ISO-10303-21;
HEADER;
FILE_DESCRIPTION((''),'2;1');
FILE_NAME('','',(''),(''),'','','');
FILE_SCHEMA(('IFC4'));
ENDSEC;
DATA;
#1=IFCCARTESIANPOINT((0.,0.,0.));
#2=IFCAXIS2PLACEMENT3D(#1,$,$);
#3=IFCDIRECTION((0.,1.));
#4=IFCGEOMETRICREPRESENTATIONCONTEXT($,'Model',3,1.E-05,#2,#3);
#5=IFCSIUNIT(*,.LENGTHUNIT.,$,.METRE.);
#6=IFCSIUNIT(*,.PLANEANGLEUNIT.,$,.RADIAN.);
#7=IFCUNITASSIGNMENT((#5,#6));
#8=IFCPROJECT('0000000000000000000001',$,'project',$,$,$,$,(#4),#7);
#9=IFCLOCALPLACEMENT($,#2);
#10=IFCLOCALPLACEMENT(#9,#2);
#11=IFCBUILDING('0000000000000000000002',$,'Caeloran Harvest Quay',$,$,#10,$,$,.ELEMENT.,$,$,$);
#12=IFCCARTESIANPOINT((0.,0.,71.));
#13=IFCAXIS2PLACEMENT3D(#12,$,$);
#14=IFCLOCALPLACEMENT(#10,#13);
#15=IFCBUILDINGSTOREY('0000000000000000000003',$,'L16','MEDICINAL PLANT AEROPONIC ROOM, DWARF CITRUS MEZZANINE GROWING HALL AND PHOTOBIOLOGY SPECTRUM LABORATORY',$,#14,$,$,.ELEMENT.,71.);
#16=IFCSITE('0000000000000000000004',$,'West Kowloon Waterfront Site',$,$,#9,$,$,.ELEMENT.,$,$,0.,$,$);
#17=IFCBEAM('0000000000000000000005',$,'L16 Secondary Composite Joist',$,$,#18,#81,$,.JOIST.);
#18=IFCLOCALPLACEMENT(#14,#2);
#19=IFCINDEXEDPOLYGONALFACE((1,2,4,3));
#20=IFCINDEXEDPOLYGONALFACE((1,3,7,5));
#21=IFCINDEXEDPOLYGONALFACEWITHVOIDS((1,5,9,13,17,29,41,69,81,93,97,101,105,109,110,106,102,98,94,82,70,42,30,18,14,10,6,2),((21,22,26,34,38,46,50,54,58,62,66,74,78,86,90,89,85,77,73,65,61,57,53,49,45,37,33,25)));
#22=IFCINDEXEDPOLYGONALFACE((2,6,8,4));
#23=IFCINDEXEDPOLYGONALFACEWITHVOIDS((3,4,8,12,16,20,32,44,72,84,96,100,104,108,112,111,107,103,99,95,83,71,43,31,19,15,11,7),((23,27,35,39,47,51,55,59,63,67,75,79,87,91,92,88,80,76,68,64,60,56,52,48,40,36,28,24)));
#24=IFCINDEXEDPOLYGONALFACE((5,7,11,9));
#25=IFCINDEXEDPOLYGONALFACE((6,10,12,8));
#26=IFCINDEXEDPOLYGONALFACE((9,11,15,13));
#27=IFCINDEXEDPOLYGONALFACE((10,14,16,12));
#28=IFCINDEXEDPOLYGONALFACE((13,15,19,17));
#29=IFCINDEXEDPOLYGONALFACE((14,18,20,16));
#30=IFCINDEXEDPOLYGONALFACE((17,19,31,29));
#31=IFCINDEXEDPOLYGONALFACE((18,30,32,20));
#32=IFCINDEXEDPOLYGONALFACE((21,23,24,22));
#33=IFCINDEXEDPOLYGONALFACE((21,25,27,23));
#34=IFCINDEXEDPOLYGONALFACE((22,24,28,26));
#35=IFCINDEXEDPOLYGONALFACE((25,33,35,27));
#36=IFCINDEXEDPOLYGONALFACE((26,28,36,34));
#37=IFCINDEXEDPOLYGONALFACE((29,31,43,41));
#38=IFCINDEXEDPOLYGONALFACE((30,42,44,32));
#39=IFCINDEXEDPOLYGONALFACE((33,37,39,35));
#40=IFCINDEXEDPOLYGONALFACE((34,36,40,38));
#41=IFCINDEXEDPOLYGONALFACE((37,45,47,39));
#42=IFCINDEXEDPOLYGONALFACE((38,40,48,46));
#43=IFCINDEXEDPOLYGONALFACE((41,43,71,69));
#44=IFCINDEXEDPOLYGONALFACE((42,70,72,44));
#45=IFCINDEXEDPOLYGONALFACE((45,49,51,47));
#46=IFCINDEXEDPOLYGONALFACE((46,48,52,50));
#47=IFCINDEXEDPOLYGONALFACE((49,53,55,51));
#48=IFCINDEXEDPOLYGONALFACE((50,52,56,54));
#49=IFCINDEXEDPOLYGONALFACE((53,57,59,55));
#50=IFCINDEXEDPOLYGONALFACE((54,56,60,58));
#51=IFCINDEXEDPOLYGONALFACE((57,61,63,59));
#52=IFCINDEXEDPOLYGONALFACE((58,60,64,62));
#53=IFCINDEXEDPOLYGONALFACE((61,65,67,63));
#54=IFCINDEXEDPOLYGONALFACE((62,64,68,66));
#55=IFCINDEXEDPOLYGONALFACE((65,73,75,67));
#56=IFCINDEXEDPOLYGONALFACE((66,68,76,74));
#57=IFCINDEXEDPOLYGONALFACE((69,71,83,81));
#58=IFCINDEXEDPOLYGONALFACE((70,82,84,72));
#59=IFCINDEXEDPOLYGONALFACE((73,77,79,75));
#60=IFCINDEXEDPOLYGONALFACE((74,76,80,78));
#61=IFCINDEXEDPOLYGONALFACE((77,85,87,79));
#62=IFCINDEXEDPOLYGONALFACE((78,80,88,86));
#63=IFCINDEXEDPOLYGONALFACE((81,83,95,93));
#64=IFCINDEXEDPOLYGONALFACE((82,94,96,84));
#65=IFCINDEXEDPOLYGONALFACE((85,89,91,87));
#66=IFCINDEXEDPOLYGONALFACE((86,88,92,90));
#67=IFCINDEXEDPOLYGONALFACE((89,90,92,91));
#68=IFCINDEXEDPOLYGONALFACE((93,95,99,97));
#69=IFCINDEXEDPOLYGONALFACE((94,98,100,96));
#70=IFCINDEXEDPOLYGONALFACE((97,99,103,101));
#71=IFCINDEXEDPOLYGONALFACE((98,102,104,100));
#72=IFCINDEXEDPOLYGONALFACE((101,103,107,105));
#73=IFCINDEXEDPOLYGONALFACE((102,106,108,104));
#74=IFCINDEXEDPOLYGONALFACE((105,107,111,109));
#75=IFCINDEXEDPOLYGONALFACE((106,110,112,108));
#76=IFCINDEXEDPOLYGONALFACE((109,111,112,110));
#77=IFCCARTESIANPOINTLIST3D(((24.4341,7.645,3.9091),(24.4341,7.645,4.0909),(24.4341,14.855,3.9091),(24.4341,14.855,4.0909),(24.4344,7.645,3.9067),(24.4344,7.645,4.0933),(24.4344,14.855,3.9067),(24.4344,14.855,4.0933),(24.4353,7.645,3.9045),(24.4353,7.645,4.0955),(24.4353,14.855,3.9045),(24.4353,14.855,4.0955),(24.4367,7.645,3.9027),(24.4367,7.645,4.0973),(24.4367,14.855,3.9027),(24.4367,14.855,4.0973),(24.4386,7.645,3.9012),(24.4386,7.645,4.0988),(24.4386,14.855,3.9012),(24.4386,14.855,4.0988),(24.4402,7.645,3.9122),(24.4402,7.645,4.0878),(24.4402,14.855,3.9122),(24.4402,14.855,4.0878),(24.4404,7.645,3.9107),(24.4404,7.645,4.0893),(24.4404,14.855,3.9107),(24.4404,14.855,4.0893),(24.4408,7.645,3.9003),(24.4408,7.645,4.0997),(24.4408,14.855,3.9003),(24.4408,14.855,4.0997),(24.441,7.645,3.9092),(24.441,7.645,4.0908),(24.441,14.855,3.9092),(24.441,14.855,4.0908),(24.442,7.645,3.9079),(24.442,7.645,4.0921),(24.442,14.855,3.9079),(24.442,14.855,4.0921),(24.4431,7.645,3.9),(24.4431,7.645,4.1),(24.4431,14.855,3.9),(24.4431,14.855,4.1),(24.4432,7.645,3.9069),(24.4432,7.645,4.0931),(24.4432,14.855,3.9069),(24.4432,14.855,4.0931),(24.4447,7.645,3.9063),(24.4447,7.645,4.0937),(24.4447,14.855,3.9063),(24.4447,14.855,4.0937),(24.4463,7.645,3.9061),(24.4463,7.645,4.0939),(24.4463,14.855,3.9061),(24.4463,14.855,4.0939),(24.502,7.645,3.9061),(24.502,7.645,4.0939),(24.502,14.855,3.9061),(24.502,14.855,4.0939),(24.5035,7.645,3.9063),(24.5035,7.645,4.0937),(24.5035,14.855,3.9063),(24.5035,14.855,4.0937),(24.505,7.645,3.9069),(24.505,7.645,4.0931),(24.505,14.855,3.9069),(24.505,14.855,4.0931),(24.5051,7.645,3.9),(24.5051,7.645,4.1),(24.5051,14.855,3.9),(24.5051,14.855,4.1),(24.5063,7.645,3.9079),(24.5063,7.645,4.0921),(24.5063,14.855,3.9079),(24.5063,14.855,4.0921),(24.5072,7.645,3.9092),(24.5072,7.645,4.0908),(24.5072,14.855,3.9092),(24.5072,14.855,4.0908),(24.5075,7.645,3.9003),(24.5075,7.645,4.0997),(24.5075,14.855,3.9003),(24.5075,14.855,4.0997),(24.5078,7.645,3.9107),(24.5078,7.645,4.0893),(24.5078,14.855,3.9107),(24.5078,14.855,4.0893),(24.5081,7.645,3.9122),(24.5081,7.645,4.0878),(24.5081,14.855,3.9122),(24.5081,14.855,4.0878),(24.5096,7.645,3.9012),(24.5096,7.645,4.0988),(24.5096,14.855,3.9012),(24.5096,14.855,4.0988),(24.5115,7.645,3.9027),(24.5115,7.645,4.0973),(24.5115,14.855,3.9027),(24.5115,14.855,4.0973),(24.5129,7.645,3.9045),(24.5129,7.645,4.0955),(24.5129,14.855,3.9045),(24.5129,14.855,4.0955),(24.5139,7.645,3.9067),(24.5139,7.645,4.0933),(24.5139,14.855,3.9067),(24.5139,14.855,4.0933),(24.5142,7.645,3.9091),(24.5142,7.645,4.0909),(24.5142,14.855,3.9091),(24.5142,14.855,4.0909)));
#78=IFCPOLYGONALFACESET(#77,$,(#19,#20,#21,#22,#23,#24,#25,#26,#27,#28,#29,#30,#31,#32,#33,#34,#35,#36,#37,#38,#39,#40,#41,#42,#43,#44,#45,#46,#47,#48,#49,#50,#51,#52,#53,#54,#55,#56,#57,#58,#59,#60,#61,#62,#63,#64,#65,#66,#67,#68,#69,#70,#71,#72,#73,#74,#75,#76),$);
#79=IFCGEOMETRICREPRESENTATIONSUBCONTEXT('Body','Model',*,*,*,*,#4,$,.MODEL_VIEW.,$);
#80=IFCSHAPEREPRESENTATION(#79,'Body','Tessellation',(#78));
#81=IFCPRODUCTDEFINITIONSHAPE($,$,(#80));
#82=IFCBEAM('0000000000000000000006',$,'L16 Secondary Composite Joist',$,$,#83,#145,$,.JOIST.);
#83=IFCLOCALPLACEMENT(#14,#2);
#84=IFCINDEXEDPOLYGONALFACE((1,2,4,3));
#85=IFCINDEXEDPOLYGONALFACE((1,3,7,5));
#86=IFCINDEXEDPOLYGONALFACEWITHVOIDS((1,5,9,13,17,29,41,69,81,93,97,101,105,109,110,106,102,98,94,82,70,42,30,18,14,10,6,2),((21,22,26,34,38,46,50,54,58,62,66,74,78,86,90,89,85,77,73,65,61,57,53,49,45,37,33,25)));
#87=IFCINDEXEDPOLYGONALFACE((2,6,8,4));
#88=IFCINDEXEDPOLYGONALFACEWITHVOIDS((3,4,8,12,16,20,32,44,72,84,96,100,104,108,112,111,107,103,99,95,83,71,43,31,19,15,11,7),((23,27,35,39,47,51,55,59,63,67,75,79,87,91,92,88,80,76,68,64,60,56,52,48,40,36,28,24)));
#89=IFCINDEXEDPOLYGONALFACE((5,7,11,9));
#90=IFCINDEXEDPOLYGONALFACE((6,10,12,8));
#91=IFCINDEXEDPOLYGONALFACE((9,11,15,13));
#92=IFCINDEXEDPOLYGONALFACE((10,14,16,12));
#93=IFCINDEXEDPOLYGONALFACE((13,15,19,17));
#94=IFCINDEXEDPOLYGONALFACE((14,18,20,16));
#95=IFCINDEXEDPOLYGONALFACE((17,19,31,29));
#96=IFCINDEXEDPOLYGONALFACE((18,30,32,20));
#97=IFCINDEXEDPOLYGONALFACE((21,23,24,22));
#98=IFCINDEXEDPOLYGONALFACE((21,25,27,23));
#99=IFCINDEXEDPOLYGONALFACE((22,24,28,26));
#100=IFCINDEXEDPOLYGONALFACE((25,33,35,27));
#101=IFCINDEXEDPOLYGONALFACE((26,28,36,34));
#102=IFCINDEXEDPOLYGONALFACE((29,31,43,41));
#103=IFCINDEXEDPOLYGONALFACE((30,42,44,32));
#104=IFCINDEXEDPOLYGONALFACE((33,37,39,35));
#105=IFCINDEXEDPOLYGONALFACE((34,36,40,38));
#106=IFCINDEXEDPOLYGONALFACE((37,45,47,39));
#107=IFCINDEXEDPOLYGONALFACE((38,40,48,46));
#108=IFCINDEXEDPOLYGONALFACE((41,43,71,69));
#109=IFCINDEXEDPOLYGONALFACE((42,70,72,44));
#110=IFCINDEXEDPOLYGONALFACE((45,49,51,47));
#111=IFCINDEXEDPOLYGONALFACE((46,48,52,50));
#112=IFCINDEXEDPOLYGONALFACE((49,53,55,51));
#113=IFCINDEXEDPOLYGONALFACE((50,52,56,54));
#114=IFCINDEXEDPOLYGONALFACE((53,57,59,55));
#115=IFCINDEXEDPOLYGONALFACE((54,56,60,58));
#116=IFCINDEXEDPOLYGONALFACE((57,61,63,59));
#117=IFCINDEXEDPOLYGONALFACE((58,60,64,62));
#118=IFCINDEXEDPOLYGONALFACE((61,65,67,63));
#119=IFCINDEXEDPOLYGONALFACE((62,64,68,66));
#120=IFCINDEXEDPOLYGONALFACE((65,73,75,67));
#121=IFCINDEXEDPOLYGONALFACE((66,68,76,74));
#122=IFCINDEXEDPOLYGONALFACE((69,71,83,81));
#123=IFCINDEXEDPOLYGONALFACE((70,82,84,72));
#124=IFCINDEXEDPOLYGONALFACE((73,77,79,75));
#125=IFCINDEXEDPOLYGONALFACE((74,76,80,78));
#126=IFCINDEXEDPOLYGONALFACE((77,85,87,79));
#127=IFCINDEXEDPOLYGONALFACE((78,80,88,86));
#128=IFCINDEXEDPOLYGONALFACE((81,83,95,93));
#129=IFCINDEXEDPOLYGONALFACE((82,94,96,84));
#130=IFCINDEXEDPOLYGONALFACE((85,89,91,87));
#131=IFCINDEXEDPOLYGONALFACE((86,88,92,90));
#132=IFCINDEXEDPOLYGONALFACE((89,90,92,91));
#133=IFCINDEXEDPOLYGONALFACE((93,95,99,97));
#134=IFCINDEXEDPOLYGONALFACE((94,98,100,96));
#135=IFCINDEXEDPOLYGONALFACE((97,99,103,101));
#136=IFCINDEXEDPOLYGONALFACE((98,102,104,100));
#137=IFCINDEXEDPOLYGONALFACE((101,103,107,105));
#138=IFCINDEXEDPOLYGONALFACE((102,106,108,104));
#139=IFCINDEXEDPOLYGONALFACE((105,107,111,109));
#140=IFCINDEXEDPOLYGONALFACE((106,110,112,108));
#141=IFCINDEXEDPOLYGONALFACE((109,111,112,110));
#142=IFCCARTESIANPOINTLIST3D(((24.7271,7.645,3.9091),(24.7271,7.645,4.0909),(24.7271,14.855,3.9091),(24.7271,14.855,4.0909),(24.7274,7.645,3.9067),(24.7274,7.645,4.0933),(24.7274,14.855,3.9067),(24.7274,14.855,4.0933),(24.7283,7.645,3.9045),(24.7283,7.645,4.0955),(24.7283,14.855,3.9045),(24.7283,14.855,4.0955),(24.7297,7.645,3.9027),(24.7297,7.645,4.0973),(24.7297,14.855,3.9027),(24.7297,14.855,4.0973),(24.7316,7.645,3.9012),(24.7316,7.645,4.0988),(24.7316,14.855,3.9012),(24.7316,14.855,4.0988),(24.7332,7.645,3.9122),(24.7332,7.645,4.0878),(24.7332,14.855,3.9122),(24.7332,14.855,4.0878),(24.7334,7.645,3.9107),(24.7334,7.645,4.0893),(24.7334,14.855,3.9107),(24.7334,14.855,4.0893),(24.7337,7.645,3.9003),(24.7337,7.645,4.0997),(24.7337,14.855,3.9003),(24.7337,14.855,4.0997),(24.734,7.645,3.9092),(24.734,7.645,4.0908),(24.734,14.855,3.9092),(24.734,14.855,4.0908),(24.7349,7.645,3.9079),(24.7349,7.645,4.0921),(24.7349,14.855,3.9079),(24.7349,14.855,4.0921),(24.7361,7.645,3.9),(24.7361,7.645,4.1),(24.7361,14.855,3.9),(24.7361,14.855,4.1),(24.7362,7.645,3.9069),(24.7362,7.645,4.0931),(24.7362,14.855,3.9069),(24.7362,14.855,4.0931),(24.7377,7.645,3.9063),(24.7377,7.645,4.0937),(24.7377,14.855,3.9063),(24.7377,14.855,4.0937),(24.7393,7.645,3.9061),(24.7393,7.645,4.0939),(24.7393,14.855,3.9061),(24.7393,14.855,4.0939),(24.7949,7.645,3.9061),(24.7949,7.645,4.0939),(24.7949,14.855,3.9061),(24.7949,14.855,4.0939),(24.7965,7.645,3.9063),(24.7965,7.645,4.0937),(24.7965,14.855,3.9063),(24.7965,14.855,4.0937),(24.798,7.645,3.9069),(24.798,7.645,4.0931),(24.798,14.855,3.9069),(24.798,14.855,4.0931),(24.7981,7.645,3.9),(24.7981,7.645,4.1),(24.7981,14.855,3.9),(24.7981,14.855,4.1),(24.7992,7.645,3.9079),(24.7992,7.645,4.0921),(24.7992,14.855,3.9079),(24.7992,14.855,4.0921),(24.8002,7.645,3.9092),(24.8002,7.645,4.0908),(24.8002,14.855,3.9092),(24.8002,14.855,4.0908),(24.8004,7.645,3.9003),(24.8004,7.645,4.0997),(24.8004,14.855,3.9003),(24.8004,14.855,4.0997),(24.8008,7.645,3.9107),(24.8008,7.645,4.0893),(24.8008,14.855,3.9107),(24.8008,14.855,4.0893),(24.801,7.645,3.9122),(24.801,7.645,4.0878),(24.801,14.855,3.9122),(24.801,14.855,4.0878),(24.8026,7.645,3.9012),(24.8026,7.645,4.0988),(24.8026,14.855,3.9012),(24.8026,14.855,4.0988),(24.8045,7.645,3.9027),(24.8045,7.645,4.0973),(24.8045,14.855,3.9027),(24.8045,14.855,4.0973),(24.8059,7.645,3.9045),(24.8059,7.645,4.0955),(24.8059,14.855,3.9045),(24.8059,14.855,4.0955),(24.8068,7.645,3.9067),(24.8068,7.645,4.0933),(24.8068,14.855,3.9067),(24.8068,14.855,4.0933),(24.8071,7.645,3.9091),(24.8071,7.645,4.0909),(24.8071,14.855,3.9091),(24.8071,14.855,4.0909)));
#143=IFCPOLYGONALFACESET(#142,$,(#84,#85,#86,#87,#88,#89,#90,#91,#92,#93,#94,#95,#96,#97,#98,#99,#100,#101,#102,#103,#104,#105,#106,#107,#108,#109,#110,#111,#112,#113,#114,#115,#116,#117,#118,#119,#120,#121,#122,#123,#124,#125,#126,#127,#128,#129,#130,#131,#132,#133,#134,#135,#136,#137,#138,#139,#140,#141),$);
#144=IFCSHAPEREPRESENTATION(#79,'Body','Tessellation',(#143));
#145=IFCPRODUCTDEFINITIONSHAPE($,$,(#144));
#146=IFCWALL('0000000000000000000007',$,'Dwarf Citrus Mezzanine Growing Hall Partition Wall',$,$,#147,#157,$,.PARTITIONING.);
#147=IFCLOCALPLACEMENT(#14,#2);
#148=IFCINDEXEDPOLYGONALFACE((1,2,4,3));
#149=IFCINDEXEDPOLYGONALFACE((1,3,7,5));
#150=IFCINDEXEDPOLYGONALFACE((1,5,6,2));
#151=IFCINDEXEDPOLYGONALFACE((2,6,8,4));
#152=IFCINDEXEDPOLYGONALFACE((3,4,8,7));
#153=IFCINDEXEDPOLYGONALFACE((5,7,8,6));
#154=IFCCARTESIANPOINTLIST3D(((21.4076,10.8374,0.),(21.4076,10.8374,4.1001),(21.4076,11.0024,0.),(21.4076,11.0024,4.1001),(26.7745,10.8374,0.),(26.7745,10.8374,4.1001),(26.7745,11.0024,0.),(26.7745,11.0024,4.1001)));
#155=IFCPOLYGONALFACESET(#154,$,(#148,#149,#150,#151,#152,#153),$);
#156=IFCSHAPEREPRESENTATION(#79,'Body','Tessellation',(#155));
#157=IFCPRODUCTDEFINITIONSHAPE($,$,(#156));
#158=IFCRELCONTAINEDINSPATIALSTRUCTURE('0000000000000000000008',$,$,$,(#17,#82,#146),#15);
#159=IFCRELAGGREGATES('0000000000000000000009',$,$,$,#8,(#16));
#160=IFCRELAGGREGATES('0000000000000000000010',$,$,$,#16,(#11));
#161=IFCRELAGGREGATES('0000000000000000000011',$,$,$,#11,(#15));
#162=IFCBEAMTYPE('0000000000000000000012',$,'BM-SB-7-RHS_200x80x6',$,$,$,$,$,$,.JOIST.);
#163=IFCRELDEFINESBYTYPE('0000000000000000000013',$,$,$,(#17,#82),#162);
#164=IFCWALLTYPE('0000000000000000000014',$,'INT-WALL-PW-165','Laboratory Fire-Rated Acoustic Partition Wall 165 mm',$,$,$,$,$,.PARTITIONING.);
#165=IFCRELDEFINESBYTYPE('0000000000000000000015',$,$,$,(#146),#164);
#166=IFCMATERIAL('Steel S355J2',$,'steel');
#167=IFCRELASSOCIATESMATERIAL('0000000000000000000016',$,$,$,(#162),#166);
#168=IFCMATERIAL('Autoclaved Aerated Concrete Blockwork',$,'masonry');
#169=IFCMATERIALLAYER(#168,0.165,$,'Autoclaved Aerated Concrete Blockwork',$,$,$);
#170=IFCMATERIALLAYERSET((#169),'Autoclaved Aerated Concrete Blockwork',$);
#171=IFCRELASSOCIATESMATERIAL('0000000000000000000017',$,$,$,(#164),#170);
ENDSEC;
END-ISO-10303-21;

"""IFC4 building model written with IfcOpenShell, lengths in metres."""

from ifc_helpers import new_model, si_unit, direction, frame, frame_2d, origin, origin_2d, place, context, subcontext, project, spatial, rectangle, hollow_rectangle, extrude, material, layer, layer_set, material_profile, profile_set, type_object, element, save


model = new_model("IFC4")

# Units and contexts
model_context = context("Model", 3, precision=1e-05, world=origin(), true_north=direction((0.0, 1.0)))
body_context = subcontext(model_context, "Body", "Model", "MODEL_VIEW")
ifc_project = project(units=[si_unit("LENGTHUNIT", "METRE"), si_unit("PLANEANGLEUNIT", "RADIAN")], contexts=[model_context])

# Site, building, storey
site_placement = place(None, origin())
site = spatial("IfcSite", under=ifc_project, at=site_placement, Name="West Kowloon Waterfront Site", CompositionType="ELEMENT", RefElevation=0.0)
building_placement = place(site_placement, origin())
building = spatial("IfcBuilding", under=site, at=building_placement, Name="Caeloran Harvest Quay", CompositionType="ELEMENT")
storey_placement = place(building_placement, frame((0.0, 0.0, 71.0)))
storey = spatial("IfcBuildingStorey", under=building, at=storey_placement, Name="L16", Description="MEDICINAL PLANT AEROPONIC ROOM, DWARF CITRUS MEZZANINE GROWING HALL AND PHOTOBIOLOGY SPECTRUM LABORATORY", CompositionType="ELEMENT", Elevation=71.0)

# Beams
ifc_material_1 = material(Name="Steel S355J2", Category="steel")
ifc_material_profile_1 = material_profile(ifc_material_1, hollow_rectangle(XDim=0.0801, YDim=0.2, WallThickness=0.0061, InnerFilletRadius=0.0061, OuterFilletRadius=0.009, at=origin_2d()), Name="RHS 200x80x6")
ifc_profile_set_1 = profile_set([ifc_material_profile_1], Name="Steel S355J2")
beam_type_1 = type_object("IfcBeamType", Name="BM-SB-7-RHS_200x80x6", PredefinedType="JOIST", material=ifc_profile_set_1)
for number, where, z_axis, x_axis, name in (
    (1, (24.4741, 7.645, 4.0), (0.0, 1.0, 0.0), (-1.0, 0.0, 0.0), "L16 Secondary Composite Joist"),
    (2, (24.7671, 7.645, 4.0), (0.0, 1.0, 0.0), (-1.0, 0.0, 0.0), "L16 Secondary Composite Joist"),
):
    element("IfcBeam", number, at=place(storey_placement, frame(where, z_axis=z_axis, x_axis=x_axis)), inside=storey, type_object=beam_type_1, Name=name, PredefinedType="JOIST", context=body_context, shape_type="SweptSolid", body=[
        extrude(hollow_rectangle(XDim=0.0801, YDim=0.2, WallThickness=0.0061, InnerFilletRadius=0.0061, OuterFilletRadius=0.009, at=origin_2d()), origin(), (0.0, 0.0, 1.0), 7.21),
    ])

# Wall
ifc_material_2 = material(Name="Autoclaved Aerated Concrete Blockwork", Category="masonry")
ifc_layer = layer(ifc_material_2, 0.165, Name="Autoclaved Aerated Concrete Blockwork")
ifc_layer_set = layer_set([ifc_layer], Name="Autoclaved Aerated Concrete Blockwork")
wall_type = type_object("IfcWallType", Name="INT-WALL-PW-165", Description="Laboratory Fire-Rated Acoustic Partition Wall 165 mm", PredefinedType="PARTITIONING", material=ifc_layer_set)
wall_placement = place(storey_placement, frame((21.4075, 10.9199, 0.0), z_axis=(0.0, 0.0, 1.0), x_axis=(1.0, 0.0, 0.0)))
element("IfcWall", 3, at=wall_placement, inside=storey, type_object=wall_type, Name="Dwarf Citrus Mezzanine Growing Hall Partition Wall", PredefinedType="PARTITIONING", context=body_context, shape_type="SweptSolid", body=[
    extrude(rectangle(XDim=5.3669, YDim=0.165, at=frame_2d((2.6836, 0.0))), origin(), (0.0, 0.0, 1.0), 4.1001),
])

save(model, "model.ifc")
